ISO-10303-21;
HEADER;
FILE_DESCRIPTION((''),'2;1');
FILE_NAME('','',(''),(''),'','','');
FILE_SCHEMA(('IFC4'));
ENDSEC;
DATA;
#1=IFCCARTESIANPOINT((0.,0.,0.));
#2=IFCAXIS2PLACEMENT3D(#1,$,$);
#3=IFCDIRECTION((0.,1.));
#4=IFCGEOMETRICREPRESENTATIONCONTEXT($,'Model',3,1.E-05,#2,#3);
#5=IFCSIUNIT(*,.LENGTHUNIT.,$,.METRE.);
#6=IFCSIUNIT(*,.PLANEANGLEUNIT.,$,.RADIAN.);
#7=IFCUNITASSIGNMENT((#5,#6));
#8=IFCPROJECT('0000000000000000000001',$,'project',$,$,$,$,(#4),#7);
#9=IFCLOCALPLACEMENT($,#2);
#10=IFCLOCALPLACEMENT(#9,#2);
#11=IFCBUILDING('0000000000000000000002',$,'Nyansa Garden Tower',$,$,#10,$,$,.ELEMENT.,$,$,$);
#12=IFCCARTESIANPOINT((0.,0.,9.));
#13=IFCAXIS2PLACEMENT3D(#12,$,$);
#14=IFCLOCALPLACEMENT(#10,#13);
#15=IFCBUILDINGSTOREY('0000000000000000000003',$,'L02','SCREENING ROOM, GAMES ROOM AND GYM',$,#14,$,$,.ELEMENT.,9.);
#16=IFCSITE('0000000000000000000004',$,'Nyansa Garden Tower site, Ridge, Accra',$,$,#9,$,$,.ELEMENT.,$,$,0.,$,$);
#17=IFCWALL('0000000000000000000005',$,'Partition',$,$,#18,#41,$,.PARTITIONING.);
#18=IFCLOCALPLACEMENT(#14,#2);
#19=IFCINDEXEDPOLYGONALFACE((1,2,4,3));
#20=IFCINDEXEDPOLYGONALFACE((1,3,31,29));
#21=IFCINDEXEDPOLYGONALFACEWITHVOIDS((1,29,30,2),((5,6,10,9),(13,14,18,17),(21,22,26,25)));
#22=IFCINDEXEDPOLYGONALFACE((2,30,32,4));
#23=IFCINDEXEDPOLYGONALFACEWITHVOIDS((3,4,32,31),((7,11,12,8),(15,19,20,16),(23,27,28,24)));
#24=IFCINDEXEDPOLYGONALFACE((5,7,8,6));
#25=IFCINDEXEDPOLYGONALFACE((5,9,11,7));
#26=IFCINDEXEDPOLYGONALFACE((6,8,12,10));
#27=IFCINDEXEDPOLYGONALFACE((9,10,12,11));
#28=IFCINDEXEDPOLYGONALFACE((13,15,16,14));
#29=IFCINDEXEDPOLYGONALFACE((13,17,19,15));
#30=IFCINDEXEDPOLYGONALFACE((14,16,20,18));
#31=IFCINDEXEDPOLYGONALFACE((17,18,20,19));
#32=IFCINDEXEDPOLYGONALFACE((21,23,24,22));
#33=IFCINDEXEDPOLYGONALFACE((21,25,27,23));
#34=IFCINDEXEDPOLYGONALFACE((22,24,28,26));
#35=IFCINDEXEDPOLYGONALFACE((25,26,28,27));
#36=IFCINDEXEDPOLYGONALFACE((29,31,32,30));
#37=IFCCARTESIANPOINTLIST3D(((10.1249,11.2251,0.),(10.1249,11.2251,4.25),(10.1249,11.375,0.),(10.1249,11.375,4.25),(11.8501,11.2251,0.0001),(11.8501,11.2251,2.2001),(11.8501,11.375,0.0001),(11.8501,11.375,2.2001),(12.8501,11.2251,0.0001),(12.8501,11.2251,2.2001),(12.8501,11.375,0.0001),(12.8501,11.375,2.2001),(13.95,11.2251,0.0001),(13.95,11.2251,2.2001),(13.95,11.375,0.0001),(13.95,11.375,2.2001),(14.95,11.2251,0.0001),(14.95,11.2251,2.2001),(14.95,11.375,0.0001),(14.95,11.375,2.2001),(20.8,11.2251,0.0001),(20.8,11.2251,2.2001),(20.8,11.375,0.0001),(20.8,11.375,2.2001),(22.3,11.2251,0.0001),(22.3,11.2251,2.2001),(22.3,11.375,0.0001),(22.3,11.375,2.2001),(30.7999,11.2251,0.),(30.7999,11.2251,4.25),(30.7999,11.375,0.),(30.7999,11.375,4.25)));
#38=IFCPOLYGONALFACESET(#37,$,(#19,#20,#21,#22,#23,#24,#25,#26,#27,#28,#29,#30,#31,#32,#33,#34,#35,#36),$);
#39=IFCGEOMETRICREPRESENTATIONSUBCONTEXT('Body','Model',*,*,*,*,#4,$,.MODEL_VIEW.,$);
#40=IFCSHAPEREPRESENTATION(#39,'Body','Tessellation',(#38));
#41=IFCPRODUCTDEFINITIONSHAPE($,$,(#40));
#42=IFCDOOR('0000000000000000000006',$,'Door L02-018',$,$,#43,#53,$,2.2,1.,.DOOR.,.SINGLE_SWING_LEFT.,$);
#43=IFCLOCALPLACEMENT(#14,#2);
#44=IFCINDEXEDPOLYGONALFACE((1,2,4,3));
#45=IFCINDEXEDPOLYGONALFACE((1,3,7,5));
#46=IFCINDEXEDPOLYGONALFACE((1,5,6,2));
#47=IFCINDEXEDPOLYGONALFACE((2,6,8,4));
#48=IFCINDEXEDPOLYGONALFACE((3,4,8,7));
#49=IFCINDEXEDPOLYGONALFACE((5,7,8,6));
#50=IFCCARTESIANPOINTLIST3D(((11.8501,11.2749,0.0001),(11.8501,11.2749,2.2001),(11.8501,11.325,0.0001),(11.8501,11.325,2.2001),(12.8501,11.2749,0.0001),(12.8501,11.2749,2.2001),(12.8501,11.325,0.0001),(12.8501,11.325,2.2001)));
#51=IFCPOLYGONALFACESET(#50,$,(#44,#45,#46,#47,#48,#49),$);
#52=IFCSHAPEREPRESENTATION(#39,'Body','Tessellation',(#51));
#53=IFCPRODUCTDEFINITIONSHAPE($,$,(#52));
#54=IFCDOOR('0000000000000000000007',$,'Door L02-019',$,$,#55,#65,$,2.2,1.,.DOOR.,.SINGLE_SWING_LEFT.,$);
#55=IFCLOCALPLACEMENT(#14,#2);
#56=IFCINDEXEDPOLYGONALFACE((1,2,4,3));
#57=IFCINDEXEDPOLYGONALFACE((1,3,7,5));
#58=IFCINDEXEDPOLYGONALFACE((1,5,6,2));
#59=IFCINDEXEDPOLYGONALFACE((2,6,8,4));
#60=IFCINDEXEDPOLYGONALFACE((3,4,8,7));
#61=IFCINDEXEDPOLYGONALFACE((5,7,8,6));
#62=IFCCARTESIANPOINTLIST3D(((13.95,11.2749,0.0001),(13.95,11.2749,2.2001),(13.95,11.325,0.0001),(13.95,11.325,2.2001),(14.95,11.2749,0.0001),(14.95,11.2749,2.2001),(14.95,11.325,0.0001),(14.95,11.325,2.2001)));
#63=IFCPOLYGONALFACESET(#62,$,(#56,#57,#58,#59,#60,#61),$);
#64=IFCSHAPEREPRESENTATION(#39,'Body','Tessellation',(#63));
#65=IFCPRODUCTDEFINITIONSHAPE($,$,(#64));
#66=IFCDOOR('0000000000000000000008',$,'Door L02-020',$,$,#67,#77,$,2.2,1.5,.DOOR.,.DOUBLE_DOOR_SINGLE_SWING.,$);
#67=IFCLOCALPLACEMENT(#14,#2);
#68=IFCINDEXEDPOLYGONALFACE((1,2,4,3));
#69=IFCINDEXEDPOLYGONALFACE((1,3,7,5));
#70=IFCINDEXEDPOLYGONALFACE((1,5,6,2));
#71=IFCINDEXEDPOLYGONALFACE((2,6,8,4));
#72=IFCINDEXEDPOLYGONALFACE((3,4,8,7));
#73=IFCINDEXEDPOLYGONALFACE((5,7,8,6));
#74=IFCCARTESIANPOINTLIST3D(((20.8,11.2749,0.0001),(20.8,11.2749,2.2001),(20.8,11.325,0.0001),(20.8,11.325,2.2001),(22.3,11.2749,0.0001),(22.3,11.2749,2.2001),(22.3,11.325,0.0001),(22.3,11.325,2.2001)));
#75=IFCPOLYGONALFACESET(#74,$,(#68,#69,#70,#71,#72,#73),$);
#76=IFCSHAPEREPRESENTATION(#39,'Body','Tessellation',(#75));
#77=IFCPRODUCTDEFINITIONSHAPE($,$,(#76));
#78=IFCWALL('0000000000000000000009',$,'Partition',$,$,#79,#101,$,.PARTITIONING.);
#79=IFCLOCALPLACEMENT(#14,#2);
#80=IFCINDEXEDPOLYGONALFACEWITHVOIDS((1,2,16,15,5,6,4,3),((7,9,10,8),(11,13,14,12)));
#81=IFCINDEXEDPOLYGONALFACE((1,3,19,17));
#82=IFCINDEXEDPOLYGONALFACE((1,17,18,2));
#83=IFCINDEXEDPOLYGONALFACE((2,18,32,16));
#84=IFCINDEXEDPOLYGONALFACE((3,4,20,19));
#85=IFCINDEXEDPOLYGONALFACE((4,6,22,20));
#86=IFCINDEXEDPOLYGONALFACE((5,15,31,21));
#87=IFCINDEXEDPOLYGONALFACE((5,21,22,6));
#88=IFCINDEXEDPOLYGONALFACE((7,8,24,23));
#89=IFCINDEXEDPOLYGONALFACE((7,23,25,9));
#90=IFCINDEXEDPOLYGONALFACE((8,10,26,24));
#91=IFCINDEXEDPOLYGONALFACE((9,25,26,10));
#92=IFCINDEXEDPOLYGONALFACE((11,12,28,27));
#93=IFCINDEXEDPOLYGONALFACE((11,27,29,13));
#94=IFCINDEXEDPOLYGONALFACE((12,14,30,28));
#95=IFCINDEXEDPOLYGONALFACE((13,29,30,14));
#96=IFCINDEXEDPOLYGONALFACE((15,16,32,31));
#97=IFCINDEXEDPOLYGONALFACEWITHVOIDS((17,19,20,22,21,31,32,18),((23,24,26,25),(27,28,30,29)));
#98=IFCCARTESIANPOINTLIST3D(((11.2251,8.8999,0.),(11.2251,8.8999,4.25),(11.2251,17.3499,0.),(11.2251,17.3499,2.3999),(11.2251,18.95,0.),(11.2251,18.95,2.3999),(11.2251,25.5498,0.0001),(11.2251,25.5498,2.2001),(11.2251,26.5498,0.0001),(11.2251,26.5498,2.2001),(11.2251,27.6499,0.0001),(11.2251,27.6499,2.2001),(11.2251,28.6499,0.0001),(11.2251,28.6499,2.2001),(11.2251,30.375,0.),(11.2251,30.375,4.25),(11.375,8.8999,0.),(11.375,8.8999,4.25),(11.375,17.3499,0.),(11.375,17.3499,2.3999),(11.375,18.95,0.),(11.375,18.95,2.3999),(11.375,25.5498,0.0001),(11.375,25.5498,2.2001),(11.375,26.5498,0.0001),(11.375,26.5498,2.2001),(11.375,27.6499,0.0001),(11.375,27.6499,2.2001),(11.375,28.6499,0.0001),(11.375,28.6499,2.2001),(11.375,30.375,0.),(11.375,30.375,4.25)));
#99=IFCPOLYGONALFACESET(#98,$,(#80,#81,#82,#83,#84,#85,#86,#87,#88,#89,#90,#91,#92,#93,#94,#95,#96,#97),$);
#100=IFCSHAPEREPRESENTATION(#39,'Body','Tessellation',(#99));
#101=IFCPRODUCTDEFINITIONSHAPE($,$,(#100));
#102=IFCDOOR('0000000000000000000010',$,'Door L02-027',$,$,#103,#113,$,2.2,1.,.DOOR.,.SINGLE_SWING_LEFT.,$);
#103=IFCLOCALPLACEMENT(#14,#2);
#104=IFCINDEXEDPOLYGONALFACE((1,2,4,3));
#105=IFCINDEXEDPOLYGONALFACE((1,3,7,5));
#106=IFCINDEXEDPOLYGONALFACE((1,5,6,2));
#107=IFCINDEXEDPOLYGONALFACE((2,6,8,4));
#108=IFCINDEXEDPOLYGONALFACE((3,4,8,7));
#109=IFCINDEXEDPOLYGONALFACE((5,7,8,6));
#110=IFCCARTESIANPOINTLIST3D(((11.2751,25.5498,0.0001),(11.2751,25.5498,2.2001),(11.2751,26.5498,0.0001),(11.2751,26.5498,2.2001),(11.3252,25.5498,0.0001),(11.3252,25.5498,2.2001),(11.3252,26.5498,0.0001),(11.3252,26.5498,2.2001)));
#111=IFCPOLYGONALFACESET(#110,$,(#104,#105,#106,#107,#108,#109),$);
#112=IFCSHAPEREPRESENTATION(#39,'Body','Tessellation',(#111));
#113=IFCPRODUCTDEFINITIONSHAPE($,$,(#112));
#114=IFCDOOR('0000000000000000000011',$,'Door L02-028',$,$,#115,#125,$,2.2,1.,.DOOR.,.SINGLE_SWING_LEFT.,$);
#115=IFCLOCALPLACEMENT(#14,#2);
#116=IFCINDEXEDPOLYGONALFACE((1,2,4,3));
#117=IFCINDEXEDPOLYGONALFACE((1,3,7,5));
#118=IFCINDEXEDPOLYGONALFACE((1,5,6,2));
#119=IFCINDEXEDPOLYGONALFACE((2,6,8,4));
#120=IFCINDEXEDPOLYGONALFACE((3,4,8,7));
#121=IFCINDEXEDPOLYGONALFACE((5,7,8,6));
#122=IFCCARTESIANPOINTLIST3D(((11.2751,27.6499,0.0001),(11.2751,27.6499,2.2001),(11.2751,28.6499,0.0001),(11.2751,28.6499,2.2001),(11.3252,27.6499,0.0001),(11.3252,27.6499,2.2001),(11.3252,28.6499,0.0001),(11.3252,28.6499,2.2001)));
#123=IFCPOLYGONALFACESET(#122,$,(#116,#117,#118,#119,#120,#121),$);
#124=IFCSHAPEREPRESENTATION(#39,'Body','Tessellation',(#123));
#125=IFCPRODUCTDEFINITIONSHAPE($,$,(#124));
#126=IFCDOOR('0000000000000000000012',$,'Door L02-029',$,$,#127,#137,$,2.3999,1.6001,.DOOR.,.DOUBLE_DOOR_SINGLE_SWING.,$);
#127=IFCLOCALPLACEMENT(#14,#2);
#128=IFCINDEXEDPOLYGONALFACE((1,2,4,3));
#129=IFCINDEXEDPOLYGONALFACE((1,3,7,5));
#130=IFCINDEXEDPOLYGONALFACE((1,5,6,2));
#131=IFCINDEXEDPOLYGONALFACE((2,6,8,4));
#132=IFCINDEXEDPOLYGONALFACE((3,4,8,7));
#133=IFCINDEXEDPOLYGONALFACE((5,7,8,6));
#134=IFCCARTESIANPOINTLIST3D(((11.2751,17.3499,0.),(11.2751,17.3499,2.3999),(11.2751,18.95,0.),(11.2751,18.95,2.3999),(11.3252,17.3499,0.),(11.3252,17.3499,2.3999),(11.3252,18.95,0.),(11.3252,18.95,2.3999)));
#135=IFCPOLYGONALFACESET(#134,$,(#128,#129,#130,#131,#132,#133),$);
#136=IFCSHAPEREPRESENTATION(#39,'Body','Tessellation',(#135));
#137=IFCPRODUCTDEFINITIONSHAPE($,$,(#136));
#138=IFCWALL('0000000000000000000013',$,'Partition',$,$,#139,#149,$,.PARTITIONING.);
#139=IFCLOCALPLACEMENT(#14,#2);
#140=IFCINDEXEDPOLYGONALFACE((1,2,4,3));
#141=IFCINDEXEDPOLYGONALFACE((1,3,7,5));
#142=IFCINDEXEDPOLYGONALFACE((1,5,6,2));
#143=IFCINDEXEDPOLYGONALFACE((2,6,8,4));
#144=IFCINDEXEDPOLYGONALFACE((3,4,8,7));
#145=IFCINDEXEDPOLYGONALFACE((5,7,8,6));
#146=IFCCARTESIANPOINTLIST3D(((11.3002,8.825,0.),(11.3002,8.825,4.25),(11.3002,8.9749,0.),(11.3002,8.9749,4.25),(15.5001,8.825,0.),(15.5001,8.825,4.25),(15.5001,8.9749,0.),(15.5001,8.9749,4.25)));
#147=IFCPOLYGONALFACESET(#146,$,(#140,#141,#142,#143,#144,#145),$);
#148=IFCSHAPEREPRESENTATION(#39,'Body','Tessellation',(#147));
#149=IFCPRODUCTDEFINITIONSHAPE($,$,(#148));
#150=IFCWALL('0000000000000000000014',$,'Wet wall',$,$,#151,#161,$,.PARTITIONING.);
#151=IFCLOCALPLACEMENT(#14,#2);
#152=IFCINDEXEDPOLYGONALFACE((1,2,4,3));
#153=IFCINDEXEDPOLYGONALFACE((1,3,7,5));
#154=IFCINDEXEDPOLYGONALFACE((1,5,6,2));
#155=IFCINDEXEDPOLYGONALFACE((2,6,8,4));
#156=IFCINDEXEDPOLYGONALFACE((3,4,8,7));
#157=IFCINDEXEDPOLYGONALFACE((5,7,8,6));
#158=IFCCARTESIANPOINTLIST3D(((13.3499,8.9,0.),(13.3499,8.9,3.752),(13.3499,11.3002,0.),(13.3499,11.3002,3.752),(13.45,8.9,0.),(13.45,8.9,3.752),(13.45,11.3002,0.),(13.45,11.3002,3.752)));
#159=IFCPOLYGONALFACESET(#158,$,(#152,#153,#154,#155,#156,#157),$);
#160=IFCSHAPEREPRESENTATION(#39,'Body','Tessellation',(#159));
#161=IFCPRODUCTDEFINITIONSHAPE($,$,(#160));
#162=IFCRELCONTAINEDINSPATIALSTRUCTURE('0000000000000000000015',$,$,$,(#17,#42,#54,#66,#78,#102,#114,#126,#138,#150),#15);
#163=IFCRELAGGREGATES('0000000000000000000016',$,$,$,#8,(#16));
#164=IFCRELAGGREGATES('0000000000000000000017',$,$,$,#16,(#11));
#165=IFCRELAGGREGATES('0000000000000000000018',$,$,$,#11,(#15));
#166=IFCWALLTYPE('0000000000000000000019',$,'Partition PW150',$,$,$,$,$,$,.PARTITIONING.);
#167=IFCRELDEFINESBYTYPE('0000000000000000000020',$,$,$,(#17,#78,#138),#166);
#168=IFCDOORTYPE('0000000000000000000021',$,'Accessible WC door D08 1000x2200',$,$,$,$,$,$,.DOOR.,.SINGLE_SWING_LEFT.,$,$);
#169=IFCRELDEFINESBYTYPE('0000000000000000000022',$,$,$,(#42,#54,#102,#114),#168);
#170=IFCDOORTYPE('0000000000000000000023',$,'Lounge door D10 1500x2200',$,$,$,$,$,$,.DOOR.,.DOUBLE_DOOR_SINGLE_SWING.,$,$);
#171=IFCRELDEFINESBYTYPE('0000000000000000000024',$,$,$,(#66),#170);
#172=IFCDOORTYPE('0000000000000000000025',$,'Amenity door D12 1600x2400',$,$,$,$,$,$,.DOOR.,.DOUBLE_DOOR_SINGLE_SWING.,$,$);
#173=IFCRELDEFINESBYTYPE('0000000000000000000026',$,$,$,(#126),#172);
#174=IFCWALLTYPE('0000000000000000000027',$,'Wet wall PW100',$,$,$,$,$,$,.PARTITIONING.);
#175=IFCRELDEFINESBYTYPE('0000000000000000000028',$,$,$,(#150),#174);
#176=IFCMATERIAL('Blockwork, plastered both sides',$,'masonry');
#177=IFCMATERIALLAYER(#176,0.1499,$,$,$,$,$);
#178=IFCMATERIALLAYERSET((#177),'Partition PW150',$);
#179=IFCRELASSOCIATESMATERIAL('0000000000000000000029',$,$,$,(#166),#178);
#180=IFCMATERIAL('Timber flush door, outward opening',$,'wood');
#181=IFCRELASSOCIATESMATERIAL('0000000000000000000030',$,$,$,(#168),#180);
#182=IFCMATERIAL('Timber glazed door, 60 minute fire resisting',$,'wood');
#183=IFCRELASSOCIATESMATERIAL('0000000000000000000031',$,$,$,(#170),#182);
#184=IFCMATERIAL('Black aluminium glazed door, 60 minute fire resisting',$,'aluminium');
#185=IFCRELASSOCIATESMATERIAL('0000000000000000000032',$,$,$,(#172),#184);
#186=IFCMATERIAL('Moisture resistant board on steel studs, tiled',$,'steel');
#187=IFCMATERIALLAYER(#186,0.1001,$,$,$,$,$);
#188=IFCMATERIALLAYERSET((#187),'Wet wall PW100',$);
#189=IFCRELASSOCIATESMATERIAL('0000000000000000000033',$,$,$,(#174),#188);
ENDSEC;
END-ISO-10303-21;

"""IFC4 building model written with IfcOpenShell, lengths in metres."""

from ifc_helpers import new_model, si_unit, direction, frame, frame_2d, origin, place, context, subcontext, project, spatial, rectangle, extrude, material, layer, layer_set, type_object, element, fill, save


model = new_model("IFC4")

# Units and contexts
model_context = context("Model", 3, precision=1e-05, world=origin(), true_north=direction((0.0, 1.0)))
body_context = subcontext(model_context, "Body", "Model", "MODEL_VIEW")
ifc_project = project(units=[si_unit("LENGTHUNIT", "METRE"), si_unit("PLANEANGLEUNIT", "RADIAN")], contexts=[model_context])

# Site, building, storey
site_placement = place(None, origin())
site = spatial("IfcSite", under=ifc_project, at=site_placement, Name="Nyansa Garden Tower site, Ridge, Accra", CompositionType="ELEMENT", RefElevation=0.0)
building_placement = place(site_placement, origin())
building = spatial("IfcBuilding", under=site, at=building_placement, Name="Nyansa Garden Tower", CompositionType="ELEMENT")
storey_placement = place(building_placement, frame((0.0, 0.0, 9.0)))
storey = spatial("IfcBuildingStorey", under=building, at=storey_placement, Name="L02", Description="SCREENING ROOM, GAMES ROOM AND GYM", CompositionType="ELEMENT", Elevation=9.0)

# Shared definitions
ifc_material_1 = material(Name="Blockwork, plastered both sides", Category="masonry")
ifc_layer_1 = layer(ifc_material_1, 0.1499)
ifc_layer_set_1 = layer_set([ifc_layer_1], Name="Partition PW150")
wall_type_1 = type_object("IfcWallType", Name="Partition PW150", PredefinedType="PARTITIONING", material=ifc_layer_set_1)

# Walls, openings, doors
wall_1_placement = place(storey_placement, frame((10.125, 11.3, 0.0), z_axis=(0.0, 0.0, 1.0), x_axis=(1.0, 0.0, 0.0)))
wall_1 = element("IfcWall", 1, at=wall_1_placement, inside=storey, type_object=wall_type_1, Name="Partition", PredefinedType="PARTITIONING", context=body_context, shape_type="SweptSolid", body=[
    extrude(rectangle(XDim=20.675, YDim=0.1499, at=frame_2d((10.3374, 0.0))), origin(), (0.0, 0.0, 1.0), 4.25),
])
opening_1_placement = place(wall_1_placement, frame((1.7251, 0.0, 0.0)))
opening_1 = element("IfcOpeningElement", 2, at=opening_1_placement, cuts=wall_1, PredefinedType="OPENING", context=body_context, shape_type="SweptSolid", body=[
    extrude(rectangle(XDim=1.0, YDim=2.2, at=frame_2d((0.5, 1.1001))), frame((0.0, 0.085, 0.0), z_axis=(0.0, -1.0, 0.0), x_axis=(1.0, 0.0, 0.0)), (0.0, 0.0, 1.0), 0.1699),
])
opening_2_placement = place(wall_1_placement, frame((3.825, 0.0, 0.0)))
opening_2 = element("IfcOpeningElement", 3, at=opening_2_placement, cuts=wall_1, PredefinedType="OPENING", context=body_context, shape_type="SweptSolid", body=[
    extrude(rectangle(XDim=1.0, YDim=2.2, at=frame_2d((0.5, 1.1001))), frame((0.0, 0.085, 0.0), z_axis=(0.0, -1.0, 0.0), x_axis=(1.0, 0.0, 0.0)), (0.0, 0.0, 1.0), 0.1699),
])
opening_3_placement = place(wall_1_placement, frame((10.675, 0.0, 0.0)))
opening_3 = element("IfcOpeningElement", 4, at=opening_3_placement, cuts=wall_1, PredefinedType="OPENING", context=body_context, shape_type="SweptSolid", body=[
    extrude(rectangle(XDim=1.5, YDim=2.2, at=frame_2d((0.75, 1.1001))), frame((0.0, 0.085, 0.0), z_axis=(0.0, -1.0, 0.0), x_axis=(1.0, 0.0, 0.0)), (0.0, 0.0, 1.0), 0.1699),
])
ifc_material_2 = material(Name="Timber flush door, outward opening", Category="wood")
door_type_1 = type_object("IfcDoorType", Name="Accessible WC door D08 1000x2200", OperationType="SINGLE_SWING_LEFT", PredefinedType="DOOR", material=ifc_material_2)
door_1_placement = place(opening_1_placement, origin())
door_1 = element("IfcDoor", 5, at=door_1_placement, inside=storey, type_object=door_type_1, Name="Door L02-018", OperationType="SINGLE_SWING_LEFT", OverallHeight=2.2, OverallWidth=1.0, PredefinedType="DOOR", context=body_context, shape_type="SweptSolid", body=[
    extrude(rectangle(XDim=1.0, YDim=2.2, at=frame_2d((0.5, 1.1001))), frame((0.0, 0.0249, 0.0), z_axis=(0.0, -1.0, 0.0), x_axis=(1.0, 0.0, 0.0)), (0.0, 0.0, 1.0), 0.05),
])
fill(opening_1, door_1)
door_2_placement = place(opening_2_placement, origin())
door_2 = element("IfcDoor", 6, at=door_2_placement, inside=storey, type_object=door_type_1, Name="Door L02-019", OperationType="SINGLE_SWING_LEFT", OverallHeight=2.2, OverallWidth=1.0, PredefinedType="DOOR", context=body_context, shape_type="SweptSolid", body=[
    extrude(rectangle(XDim=1.0, YDim=2.2, at=frame_2d((0.5, 1.1001))), frame((0.0, 0.0249, 0.0), z_axis=(0.0, -1.0, 0.0), x_axis=(1.0, 0.0, 0.0)), (0.0, 0.0, 1.0), 0.05),
])
fill(opening_2, door_2)
ifc_material_3 = material(Name="Timber glazed door, 60 minute fire resisting", Category="wood")
door_type_2 = type_object("IfcDoorType", Name="Lounge door D10 1500x2200", OperationType="DOUBLE_DOOR_SINGLE_SWING", PredefinedType="DOOR", material=ifc_material_3)
door_3_placement = place(opening_3_placement, origin())
door_3 = element("IfcDoor", 7, at=door_3_placement, inside=storey, type_object=door_type_2, Name="Door L02-020", OperationType="DOUBLE_DOOR_SINGLE_SWING", OverallHeight=2.2, OverallWidth=1.5, PredefinedType="DOOR", context=body_context, shape_type="SweptSolid", body=[
    extrude(rectangle(XDim=1.5, YDim=2.2, at=frame_2d((0.75, 1.1001))), frame((0.0, 0.0249, 0.0), z_axis=(0.0, -1.0, 0.0), x_axis=(1.0, 0.0, 0.0)), (0.0, 0.0, 1.0), 0.05),
])
fill(opening_3, door_3)
wall_2_placement = place(storey_placement, frame((11.3, 8.8999, 0.0), z_axis=(0.0, 0.0, 1.0), x_axis=(0.0, 1.0, 0.0)))
wall_2 = element("IfcWall", 8, at=wall_2_placement, inside=storey, type_object=wall_type_1, Name="Partition", PredefinedType="PARTITIONING", context=body_context, shape_type="SweptSolid", body=[
    extrude(rectangle(XDim=21.4751, YDim=0.1499, at=frame_2d((10.7375, 0.0))), origin(), (0.0, 0.0, 1.0), 4.25),
])
opening_4_placement = place(wall_2_placement, frame((16.6499, 0.0, 0.0)))
opening_4 = element("IfcOpeningElement", 9, at=opening_4_placement, cuts=wall_2, PredefinedType="OPENING", context=body_context, shape_type="SweptSolid", body=[
    extrude(rectangle(XDim=1.0, YDim=2.2, at=frame_2d((0.5, 1.1001))), frame((0.0, 0.085, 0.0), z_axis=(0.0, -1.0, 0.0), x_axis=(1.0, 0.0, 0.0)), (0.0, 0.0, 1.0), 0.1699),
])
opening_5_placement = place(wall_2_placement, frame((18.75, 0.0, 0.0)))
opening_5 = element("IfcOpeningElement", 10, at=opening_5_placement, cuts=wall_2, PredefinedType="OPENING", context=body_context, shape_type="SweptSolid", body=[
    extrude(rectangle(XDim=1.0, YDim=2.2, at=frame_2d((0.5, 1.1001))), frame((0.0, 0.085, 0.0), z_axis=(0.0, -1.0, 0.0), x_axis=(1.0, 0.0, 0.0)), (0.0, 0.0, 1.0), 0.1699),
])
opening_6_placement = place(wall_2_placement, frame((8.45, 0.0, 0.0)))
opening_6 = element("IfcOpeningElement", 11, at=opening_6_placement, cuts=wall_2, PredefinedType="OPENING", context=body_context, shape_type="SweptSolid", body=[
    extrude(rectangle(XDim=1.6001, YDim=2.3999, at=frame_2d((0.8, 1.2))), frame((0.0, 0.085, 0.0), z_axis=(0.0, -1.0, 0.0), x_axis=(1.0, 0.0, 0.0)), (0.0, 0.0, 1.0), 0.1699),
])
door_4_placement = place(opening_4_placement, origin())
door_4 = element("IfcDoor", 12, at=door_4_placement, inside=storey, type_object=door_type_1, Name="Door L02-027", OperationType="SINGLE_SWING_LEFT", OverallHeight=2.2, OverallWidth=1.0, PredefinedType="DOOR", context=body_context, shape_type="SweptSolid", body=[
    extrude(rectangle(XDim=1.0, YDim=2.2, at=frame_2d((0.5, 1.1001))), frame((0.0, 0.0249, 0.0), z_axis=(0.0, -1.0, 0.0), x_axis=(1.0, 0.0, 0.0)), (0.0, 0.0, 1.0), 0.05),
])
fill(opening_4, door_4)
door_5_placement = place(opening_5_placement, origin())
door_5 = element("IfcDoor", 13, at=door_5_placement, inside=storey, type_object=door_type_1, Name="Door L02-028", OperationType="SINGLE_SWING_LEFT", OverallHeight=2.2, OverallWidth=1.0, PredefinedType="DOOR", context=body_context, shape_type="SweptSolid", body=[
    extrude(rectangle(XDim=1.0, YDim=2.2, at=frame_2d((0.5, 1.1001))), frame((0.0, 0.0249, 0.0), z_axis=(0.0, -1.0, 0.0), x_axis=(1.0, 0.0, 0.0)), (0.0, 0.0, 1.0), 0.05),
])
fill(opening_5, door_5)
ifc_material_4 = material(Name="Black aluminium glazed door, 60 minute fire resisting", Category="aluminium")
door_type_3 = type_object("IfcDoorType", Name="Amenity door D12 1600x2400", OperationType="DOUBLE_DOOR_SINGLE_SWING", PredefinedType="DOOR", material=ifc_material_4)
door_6_placement = place(opening_6_placement, origin())
door_6 = element("IfcDoor", 14, at=door_6_placement, inside=storey, type_object=door_type_3, Name="Door L02-029", OperationType="DOUBLE_DOOR_SINGLE_SWING", OverallHeight=2.3999, OverallWidth=1.6001, PredefinedType="DOOR", context=body_context, shape_type="SweptSolid", body=[
    extrude(rectangle(XDim=1.6001, YDim=2.3999, at=frame_2d((0.8, 1.2))), frame((0.0, 0.0249, 0.0), z_axis=(0.0, -1.0, 0.0), x_axis=(1.0, 0.0, 0.0)), (0.0, 0.0, 1.0), 0.05),
])
fill(opening_6, door_6)

# Walls
wall_3_placement = place(storey_placement, frame((11.3, 8.8999, 0.0), z_axis=(0.0, 0.0, 1.0), x_axis=(1.0, 0.0, 0.0)))
element("IfcWall", 15, at=wall_3_placement, inside=storey, type_object=wall_type_1, Name="Partition", PredefinedType="PARTITIONING", context=body_context, shape_type="SweptSolid", body=[
    extrude(rectangle(XDim=4.2, YDim=0.1499, at=frame_2d((2.1001, 0.0))), origin(), (0.0, 0.0, 1.0), 4.25),
])
ifc_material_5 = material(Name="Moisture resistant board on steel studs, tiled", Category="steel")
ifc_layer_2 = layer(ifc_material_5, 0.1001)
ifc_layer_set_2 = layer_set([ifc_layer_2], Name="Wet wall PW100")
wall_type_2 = type_object("IfcWallType", Name="Wet wall PW100", PredefinedType="PARTITIONING", material=ifc_layer_set_2)
wall_4_placement = place(storey_placement, frame((13.3999, 8.8999, 0.0), z_axis=(0.0, 0.0, 1.0), x_axis=(0.0, 1.0, 0.0)))
element("IfcWall", 16, at=wall_4_placement, inside=storey, type_object=wall_type_2, Name="Wet wall", PredefinedType="PARTITIONING", context=body_context, shape_type="SweptSolid", body=[
    extrude(rectangle(XDim=2.4001, YDim=0.1001, at=frame_2d((1.2002, 0.0))), origin(), (0.0, 0.0, 1.0), 3.752),
])

save(model, "model.ifc")
